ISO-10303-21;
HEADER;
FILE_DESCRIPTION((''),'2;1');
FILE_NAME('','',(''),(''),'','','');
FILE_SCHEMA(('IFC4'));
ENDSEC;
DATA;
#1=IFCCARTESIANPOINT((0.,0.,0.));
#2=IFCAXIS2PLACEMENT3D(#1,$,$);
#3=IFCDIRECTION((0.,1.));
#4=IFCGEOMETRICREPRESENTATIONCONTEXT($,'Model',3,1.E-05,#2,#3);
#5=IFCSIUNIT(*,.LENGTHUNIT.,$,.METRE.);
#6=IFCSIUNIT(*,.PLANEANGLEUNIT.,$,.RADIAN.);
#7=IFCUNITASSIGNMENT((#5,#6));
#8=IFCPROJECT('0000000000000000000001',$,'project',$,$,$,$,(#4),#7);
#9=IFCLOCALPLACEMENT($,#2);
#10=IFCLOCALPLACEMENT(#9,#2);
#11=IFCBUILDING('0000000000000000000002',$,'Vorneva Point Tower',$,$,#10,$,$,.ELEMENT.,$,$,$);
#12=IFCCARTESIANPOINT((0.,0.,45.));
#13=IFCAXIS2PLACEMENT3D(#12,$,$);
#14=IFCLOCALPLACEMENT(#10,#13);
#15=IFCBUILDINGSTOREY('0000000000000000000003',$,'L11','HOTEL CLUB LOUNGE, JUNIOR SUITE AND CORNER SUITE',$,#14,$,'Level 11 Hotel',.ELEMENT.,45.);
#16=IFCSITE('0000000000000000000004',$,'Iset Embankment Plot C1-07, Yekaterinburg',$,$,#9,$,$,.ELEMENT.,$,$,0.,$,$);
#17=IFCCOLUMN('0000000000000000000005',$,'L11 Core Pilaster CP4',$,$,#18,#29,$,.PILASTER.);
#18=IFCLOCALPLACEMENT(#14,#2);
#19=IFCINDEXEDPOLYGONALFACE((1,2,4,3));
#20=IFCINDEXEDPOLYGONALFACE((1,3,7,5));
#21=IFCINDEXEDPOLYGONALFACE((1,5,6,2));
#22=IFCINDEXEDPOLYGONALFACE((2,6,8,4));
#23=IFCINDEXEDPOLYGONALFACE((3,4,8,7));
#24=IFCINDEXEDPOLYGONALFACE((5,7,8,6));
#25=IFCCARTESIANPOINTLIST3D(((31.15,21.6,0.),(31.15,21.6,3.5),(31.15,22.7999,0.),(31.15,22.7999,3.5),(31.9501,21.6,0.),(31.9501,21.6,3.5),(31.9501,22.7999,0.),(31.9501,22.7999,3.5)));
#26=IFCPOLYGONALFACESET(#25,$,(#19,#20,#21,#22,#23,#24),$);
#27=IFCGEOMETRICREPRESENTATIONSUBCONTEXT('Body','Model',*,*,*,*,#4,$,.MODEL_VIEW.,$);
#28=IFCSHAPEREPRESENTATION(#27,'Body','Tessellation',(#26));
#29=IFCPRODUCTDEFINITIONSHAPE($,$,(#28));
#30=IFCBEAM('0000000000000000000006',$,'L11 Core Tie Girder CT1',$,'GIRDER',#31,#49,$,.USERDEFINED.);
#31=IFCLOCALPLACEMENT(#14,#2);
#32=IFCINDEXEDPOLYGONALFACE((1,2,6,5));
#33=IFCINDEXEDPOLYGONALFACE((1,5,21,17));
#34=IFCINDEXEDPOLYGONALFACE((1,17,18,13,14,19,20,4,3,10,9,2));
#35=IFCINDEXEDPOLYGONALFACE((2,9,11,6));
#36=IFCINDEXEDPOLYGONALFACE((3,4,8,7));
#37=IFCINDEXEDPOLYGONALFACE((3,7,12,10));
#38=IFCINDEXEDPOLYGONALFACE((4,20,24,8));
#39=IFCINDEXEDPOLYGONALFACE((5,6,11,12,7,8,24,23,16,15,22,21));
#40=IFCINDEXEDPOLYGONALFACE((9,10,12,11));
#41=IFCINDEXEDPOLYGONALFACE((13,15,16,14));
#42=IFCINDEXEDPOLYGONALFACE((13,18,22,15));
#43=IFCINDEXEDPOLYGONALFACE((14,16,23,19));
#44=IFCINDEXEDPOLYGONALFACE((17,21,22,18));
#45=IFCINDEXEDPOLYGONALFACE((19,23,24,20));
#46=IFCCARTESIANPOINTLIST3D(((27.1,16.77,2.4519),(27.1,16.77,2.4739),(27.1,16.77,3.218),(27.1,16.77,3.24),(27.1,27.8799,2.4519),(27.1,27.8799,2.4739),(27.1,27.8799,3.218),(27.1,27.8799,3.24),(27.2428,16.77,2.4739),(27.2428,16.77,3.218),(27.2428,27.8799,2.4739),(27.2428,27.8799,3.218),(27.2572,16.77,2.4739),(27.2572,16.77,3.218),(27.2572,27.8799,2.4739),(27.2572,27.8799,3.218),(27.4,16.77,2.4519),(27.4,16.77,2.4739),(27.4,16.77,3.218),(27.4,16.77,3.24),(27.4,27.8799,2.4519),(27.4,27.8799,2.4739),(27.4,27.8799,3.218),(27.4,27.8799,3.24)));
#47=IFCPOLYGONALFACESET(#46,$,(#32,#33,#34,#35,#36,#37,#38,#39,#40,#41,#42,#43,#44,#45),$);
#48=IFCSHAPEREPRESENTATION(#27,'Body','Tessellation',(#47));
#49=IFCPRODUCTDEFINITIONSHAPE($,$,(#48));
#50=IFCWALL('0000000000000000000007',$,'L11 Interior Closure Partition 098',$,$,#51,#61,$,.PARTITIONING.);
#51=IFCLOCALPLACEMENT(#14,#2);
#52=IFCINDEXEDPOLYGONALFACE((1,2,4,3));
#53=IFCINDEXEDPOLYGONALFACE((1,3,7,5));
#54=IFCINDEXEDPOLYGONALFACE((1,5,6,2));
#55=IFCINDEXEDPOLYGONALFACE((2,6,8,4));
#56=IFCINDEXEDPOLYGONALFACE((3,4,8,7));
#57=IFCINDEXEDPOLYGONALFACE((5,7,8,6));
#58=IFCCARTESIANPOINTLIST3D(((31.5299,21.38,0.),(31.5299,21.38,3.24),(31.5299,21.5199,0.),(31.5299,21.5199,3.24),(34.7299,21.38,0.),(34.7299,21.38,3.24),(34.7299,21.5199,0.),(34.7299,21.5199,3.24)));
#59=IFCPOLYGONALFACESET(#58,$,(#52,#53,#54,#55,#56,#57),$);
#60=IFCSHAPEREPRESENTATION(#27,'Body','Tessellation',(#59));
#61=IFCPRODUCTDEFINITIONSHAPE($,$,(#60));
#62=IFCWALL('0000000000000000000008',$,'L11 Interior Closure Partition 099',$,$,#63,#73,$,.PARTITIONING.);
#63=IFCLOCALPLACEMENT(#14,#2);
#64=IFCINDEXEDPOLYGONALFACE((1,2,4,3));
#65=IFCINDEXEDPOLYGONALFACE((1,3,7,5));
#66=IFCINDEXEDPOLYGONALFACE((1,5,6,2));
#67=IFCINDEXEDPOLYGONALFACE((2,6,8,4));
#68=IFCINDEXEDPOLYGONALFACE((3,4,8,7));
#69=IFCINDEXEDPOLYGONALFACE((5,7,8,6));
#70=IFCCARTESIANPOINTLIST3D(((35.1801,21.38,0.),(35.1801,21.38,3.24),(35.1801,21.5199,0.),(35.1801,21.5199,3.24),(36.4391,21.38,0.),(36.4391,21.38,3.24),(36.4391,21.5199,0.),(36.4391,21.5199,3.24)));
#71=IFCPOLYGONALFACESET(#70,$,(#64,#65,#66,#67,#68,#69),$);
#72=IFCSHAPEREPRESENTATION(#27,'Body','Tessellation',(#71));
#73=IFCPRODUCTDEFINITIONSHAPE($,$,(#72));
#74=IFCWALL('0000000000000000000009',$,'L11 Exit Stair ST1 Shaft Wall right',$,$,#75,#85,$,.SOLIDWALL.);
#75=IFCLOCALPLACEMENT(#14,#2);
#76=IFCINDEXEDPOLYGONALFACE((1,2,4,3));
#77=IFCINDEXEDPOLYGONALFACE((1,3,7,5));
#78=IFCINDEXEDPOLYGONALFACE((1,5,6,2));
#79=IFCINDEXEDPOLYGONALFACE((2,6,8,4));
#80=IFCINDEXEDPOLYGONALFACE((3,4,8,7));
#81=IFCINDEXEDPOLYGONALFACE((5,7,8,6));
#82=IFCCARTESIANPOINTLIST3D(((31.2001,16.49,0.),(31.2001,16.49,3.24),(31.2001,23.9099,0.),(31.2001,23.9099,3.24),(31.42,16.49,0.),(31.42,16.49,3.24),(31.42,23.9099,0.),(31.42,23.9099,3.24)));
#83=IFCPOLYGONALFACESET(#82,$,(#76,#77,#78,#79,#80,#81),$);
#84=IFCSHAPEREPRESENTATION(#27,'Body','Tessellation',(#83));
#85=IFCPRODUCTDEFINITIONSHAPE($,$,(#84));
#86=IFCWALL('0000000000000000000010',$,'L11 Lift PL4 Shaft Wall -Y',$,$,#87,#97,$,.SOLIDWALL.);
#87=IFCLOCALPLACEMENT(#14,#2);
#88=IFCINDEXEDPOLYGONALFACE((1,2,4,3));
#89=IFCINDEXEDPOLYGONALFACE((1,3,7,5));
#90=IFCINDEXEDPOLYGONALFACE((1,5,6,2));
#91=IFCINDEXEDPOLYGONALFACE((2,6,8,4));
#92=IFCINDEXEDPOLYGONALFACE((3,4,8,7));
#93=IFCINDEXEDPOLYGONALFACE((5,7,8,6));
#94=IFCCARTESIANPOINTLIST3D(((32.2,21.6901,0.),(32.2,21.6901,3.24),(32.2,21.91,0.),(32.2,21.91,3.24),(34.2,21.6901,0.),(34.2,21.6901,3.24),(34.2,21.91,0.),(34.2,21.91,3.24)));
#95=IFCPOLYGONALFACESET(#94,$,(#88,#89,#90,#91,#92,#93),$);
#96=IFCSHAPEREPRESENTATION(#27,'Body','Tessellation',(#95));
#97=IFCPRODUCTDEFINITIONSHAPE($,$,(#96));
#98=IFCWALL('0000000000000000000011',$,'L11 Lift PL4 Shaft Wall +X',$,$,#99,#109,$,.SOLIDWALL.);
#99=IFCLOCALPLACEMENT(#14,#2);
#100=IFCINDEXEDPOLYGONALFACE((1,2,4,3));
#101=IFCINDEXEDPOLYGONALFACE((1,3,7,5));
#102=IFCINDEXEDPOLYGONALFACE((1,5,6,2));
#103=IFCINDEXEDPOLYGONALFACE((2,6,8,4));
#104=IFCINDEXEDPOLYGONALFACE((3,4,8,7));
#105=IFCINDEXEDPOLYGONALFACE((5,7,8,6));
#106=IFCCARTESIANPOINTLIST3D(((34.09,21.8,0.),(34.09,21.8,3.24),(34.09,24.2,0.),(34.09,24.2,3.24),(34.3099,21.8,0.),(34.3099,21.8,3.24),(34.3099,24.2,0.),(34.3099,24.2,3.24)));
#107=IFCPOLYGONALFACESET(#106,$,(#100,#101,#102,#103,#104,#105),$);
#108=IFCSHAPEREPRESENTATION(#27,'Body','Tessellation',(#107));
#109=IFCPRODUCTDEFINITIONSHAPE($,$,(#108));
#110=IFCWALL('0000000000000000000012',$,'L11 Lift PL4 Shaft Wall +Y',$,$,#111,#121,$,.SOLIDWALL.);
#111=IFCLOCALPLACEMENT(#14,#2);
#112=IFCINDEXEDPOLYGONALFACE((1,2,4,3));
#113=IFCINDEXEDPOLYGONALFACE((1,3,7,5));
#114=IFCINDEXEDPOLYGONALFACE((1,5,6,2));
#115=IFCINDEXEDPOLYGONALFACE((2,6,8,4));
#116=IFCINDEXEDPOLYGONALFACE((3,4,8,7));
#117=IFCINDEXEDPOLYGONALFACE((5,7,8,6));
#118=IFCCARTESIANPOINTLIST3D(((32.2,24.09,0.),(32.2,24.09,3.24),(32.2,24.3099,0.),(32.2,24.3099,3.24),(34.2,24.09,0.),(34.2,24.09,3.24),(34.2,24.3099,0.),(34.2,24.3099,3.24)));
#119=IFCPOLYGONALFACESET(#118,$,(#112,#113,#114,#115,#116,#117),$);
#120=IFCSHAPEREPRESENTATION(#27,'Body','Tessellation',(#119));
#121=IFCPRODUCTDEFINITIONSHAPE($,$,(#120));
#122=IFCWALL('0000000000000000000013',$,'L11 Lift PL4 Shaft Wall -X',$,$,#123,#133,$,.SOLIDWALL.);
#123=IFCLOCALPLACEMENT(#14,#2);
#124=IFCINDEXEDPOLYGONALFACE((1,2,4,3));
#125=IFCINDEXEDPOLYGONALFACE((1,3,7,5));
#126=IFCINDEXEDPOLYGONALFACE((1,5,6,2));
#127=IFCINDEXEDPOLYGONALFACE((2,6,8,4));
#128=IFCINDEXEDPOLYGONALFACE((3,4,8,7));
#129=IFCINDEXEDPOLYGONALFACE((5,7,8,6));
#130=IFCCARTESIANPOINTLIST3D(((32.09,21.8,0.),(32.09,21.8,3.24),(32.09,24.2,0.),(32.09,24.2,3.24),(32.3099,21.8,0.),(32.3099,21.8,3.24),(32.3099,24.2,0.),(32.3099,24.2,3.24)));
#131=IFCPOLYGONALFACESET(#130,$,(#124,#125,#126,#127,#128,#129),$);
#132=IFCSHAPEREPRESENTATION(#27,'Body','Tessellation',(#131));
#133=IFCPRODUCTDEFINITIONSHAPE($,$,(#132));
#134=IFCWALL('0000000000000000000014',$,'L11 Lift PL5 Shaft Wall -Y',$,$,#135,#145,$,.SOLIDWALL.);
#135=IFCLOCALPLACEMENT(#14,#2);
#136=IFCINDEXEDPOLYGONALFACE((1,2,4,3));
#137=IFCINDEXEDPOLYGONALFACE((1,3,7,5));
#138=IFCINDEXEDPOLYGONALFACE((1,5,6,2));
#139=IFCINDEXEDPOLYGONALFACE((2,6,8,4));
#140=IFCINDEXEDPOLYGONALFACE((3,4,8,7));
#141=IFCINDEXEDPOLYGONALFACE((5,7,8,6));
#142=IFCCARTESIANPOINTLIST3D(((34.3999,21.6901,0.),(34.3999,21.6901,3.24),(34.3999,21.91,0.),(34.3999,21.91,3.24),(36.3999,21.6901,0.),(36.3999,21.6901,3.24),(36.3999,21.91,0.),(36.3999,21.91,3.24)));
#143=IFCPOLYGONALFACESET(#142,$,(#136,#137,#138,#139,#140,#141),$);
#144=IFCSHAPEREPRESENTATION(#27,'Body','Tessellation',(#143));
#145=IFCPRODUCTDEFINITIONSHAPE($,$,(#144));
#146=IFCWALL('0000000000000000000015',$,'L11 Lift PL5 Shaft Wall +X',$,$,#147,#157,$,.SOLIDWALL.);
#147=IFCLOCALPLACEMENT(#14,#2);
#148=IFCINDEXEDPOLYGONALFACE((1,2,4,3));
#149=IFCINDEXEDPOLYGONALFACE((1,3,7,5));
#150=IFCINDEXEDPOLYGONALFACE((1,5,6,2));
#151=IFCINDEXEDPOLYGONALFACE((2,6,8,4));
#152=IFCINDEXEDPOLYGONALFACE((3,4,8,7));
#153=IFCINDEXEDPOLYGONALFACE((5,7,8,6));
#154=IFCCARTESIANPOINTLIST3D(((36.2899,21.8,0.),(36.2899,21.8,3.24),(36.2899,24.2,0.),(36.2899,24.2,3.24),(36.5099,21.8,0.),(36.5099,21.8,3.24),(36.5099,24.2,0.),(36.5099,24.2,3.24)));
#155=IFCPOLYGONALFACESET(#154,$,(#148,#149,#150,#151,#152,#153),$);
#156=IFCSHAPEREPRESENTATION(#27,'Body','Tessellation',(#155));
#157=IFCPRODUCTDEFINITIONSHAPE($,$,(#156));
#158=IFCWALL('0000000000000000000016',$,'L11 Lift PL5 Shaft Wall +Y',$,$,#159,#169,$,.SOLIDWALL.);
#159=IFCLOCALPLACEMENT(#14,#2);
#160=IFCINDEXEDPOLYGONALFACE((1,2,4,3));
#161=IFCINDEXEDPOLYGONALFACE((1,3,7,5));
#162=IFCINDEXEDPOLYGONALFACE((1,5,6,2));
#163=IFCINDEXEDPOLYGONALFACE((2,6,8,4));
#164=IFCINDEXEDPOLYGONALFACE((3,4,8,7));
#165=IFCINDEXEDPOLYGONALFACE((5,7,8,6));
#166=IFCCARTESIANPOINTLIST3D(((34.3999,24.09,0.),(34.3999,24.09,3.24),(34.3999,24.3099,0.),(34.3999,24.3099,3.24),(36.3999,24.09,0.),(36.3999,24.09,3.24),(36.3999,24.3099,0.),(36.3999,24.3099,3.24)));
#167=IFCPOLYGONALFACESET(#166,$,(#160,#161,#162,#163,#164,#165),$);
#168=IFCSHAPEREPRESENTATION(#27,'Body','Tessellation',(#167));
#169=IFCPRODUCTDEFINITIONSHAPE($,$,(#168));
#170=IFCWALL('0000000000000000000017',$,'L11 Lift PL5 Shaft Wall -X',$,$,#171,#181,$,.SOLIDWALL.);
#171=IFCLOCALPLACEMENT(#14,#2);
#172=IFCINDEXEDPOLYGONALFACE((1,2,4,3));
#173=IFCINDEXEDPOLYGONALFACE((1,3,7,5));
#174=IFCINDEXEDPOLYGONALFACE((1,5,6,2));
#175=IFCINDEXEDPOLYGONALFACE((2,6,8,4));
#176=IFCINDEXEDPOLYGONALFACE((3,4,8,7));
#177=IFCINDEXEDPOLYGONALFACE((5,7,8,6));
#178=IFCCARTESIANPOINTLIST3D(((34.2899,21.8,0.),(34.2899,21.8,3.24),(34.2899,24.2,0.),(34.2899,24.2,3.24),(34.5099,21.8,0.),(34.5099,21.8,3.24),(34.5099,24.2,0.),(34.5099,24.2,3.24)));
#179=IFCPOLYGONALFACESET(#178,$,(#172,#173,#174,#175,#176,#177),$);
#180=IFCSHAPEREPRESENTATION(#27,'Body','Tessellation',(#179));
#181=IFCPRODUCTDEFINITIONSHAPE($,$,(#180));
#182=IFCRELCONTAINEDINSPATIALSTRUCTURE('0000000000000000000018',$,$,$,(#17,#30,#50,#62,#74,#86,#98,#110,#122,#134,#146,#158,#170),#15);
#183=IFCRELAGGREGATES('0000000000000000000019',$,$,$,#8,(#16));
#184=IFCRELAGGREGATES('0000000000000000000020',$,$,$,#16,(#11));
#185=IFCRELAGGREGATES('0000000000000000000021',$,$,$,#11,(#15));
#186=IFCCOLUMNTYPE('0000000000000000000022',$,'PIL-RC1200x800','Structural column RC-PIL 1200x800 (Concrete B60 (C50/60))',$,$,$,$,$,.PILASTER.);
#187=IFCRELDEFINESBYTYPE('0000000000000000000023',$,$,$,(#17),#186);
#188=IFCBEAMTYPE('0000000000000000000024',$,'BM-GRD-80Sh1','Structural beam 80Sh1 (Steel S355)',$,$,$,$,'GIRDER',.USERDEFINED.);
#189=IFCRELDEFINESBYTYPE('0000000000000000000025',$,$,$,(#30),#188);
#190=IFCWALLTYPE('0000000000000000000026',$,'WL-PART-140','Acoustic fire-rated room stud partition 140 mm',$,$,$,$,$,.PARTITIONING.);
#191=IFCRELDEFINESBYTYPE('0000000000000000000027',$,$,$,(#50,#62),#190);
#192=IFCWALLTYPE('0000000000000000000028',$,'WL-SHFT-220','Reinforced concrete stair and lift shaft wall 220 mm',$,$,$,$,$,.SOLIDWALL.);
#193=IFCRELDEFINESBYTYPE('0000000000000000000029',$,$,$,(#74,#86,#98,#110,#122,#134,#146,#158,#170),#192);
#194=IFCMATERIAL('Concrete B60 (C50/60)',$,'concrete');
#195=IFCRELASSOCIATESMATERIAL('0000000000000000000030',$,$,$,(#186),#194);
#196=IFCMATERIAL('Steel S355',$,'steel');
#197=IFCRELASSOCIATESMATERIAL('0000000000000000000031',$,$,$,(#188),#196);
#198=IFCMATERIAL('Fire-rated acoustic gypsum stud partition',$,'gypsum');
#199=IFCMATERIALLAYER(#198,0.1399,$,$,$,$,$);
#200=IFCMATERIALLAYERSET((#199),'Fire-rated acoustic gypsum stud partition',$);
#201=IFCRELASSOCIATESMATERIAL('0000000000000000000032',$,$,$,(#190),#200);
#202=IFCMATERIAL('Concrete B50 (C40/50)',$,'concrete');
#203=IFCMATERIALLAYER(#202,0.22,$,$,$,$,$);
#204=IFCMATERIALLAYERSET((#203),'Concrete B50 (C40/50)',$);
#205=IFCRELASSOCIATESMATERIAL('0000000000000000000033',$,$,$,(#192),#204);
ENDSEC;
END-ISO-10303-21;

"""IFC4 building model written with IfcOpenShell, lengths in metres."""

from ifc_helpers import new_model, si_unit, direction, frame, frame_2d, origin, origin_2d, place, context, subcontext, project, spatial, rectangle, i_section, extrude, material, layer, layer_set, material_profile, profile_set, type_object, element, save


model = new_model("IFC4")

# Units and contexts
model_context = context("Model", 3, precision=1e-05, world=origin(), true_north=direction((0.0, 1.0)))
body_context = subcontext(model_context, "Body", "Model", "MODEL_VIEW")
ifc_project = project(units=[si_unit("LENGTHUNIT", "METRE"), si_unit("PLANEANGLEUNIT", "RADIAN")], contexts=[model_context])

# Site, building, storey
site_placement = place(None, origin())
site = spatial("IfcSite", under=ifc_project, at=site_placement, Name="Iset Embankment Plot C1-07, Yekaterinburg", CompositionType="ELEMENT", RefElevation=0.0)
building_placement = place(site_placement, origin())
building = spatial("IfcBuilding", under=site, at=building_placement, Name="Vorneva Point Tower", CompositionType="ELEMENT")
storey_placement = place(building_placement, frame((0.0, 0.0, 45.0)))
storey = spatial("IfcBuildingStorey", under=building, at=storey_placement, Name="L11", Description="HOTEL CLUB LOUNGE, JUNIOR SUITE AND CORNER SUITE", LongName="Level 11 Hotel", CompositionType="ELEMENT", Elevation=45.0)

# Column
ifc_material_1 = material(Name="Concrete B60 (C50/60)", Category="concrete")
ifc_material_profile_1 = material_profile(ifc_material_1, rectangle(XDim=0.8, YDim=1.2, at=origin_2d()), Name="RC-PIL 1200x800")
ifc_profile_set_1 = profile_set([ifc_material_profile_1], Name="Concrete B60 (C50/60)")
column_type = type_object("IfcColumnType", Name="PIL-RC1200x800", Description="Structural column RC-PIL 1200x800 (Concrete B60 (C50/60))", PredefinedType="PILASTER", material=ifc_profile_set_1)
column_placement = place(storey_placement, frame((31.55, 22.2, 0.0), z_axis=(0.0, 0.0, 1.0), x_axis=(1.0, 0.0, 0.0)))
element("IfcColumn", 1, at=column_placement, inside=storey, type_object=column_type, Name="L11 Core Pilaster CP4", PredefinedType="PILASTER", context=body_context, shape_type="SweptSolid", body=[
    extrude(rectangle(XDim=0.8, YDim=1.2, at=origin_2d()), origin(), (0.0, 0.0, 1.0), 3.5),
])

# Beam
ifc_material_2 = material(Name="Steel S355", Category="steel")
ifc_material_profile_2 = material_profile(ifc_material_2, i_section(OverallWidth=0.3, OverallDepth=0.7881, WebThickness=0.0144, FlangeThickness=0.022, at=origin_2d()), Name="80Sh1")
ifc_profile_set_2 = profile_set([ifc_material_profile_2], Name="Steel S355")
beam_type = type_object("IfcBeamType", Name="BM-GRD-80Sh1", Description="Structural beam 80Sh1 (Steel S355)", ElementType="GIRDER", PredefinedType="USERDEFINED", material=ifc_profile_set_2)
beam_placement = place(storey_placement, frame((27.25, 16.77, 2.8459), z_axis=(0.0, 1.0, 0.0), x_axis=(-1.0, 0.0, 0.0)))
element("IfcBeam", 2, at=beam_placement, inside=storey, type_object=beam_type, Name="L11 Core Tie Girder CT1", ObjectType="GIRDER", PredefinedType="USERDEFINED", context=body_context, shape_type="SweptSolid", body=[
    extrude(i_section(OverallWidth=0.3, OverallDepth=0.7881, WebThickness=0.0144, FlangeThickness=0.022, at=origin_2d()), origin(), (0.0, 0.0, 1.0), 11.1099),
])

# Walls
ifc_material_3 = material(Name="Fire-rated acoustic gypsum stud partition", Category="gypsum")
ifc_layer_1 = layer(ifc_material_3, 0.1399)
ifc_layer_set_1 = layer_set([ifc_layer_1], Name="Fire-rated acoustic gypsum stud partition")
wall_type_1 = type_object("IfcWallType", Name="WL-PART-140", Description="Acoustic fire-rated room stud partition 140 mm", PredefinedType="PARTITIONING", material=ifc_layer_set_1)
wall_1_placement = place(storey_placement, frame((34.73, 21.45, 0.0), z_axis=(0.0, 0.0, 1.0), x_axis=(-1.0, 0.0, 0.0)))
element("IfcWall", 3, at=wall_1_placement, inside=storey, type_object=wall_type_1, Name="L11 Interior Closure Partition 098", PredefinedType="PARTITIONING", context=body_context, shape_type="SweptSolid", body=[
    extrude(rectangle(XDim=3.2, YDim=0.1399, at=frame_2d((1.6001, 0.0))), origin(), (0.0, 0.0, 1.0), 3.24),
])
wall_2_placement = place(storey_placement, frame((36.439, 21.45, 0.0), z_axis=(0.0, 0.0, 1.0), x_axis=(-1.0, 0.0, 0.0)))
element("IfcWall", 4, at=wall_2_placement, inside=storey, type_object=wall_type_1, Name="L11 Interior Closure Partition 099", PredefinedType="PARTITIONING", context=body_context, shape_type="SweptSolid", body=[
    extrude(rectangle(XDim=1.259, YDim=0.1399, at=frame_2d((0.6294, 0.0))), origin(), (0.0, 0.0, 1.0), 3.24),
])

# Shared definitions
ifc_material_4 = material(Name="Concrete B50 (C40/50)", Category="concrete")
ifc_layer_2 = layer(ifc_material_4, 0.22)
ifc_layer_set_2 = layer_set([ifc_layer_2], Name="Concrete B50 (C40/50)")
wall_type_2 = type_object("IfcWallType", Name="WL-SHFT-220", Description="Reinforced concrete stair and lift shaft wall 220 mm", PredefinedType="SOLIDWALL", material=ifc_layer_set_2)

# Walls
wall_3_placement = place(storey_placement, frame((31.3101, 23.9099, 0.0), z_axis=(0.0, 0.0, 1.0), x_axis=(0.0, -1.0, 0.0)))
element("IfcWall", 5, at=wall_3_placement, inside=storey, type_object=wall_type_2, Name="L11 Exit Stair ST1 Shaft Wall right", PredefinedType="SOLIDWALL", context=body_context, shape_type="SweptSolid", body=[
    extrude(rectangle(XDim=7.4199, YDim=0.22, at=frame_2d((3.71, 0.0))), origin(), (0.0, 0.0, 1.0), 3.24),
])
wall_4_placement = place(storey_placement, frame((32.2, 21.8, 0.0), z_axis=(0.0, 0.0, 1.0), x_axis=(1.0, 0.0, 0.0)))
element("IfcWall", 6, at=wall_4_placement, inside=storey, type_object=wall_type_2, Name="L11 Lift PL4 Shaft Wall -Y", PredefinedType="SOLIDWALL", context=body_context, shape_type="SweptSolid", body=[
    extrude(rectangle(XDim=2.0, YDim=0.22, at=frame_2d((1.0, 0.0))), origin(), (0.0, 0.0, 1.0), 3.24),
])
wall_5_placement = place(storey_placement, frame((34.2, 21.8, 0.0), z_axis=(0.0, 0.0, 1.0), x_axis=(0.0, 1.0, 0.0)))
element("IfcWall", 7, at=wall_5_placement, inside=storey, type_object=wall_type_2, Name="L11 Lift PL4 Shaft Wall +X", PredefinedType="SOLIDWALL", context=body_context, shape_type="SweptSolid", body=[
    extrude(rectangle(XDim=2.3999, YDim=0.22, at=frame_2d((1.2, 0.0))), origin(), (0.0, 0.0, 1.0), 3.24),
])
wall_6_placement = place(storey_placement, frame((34.2, 24.2, 0.0), z_axis=(0.0, 0.0, 1.0), x_axis=(-1.0, 0.0, 0.0)))
element("IfcWall", 8, at=wall_6_placement, inside=storey, type_object=wall_type_2, Name="L11 Lift PL4 Shaft Wall +Y", PredefinedType="SOLIDWALL", context=body_context, shape_type="SweptSolid", body=[
    extrude(rectangle(XDim=2.0, YDim=0.22, at=frame_2d((1.0, 0.0))), origin(), (0.0, 0.0, 1.0), 3.24),
])
wall_7_placement = place(storey_placement, frame((32.2, 24.2, 0.0), z_axis=(0.0, 0.0, 1.0), x_axis=(0.0, -1.0, 0.0)))
element("IfcWall", 9, at=wall_7_placement, inside=storey, type_object=wall_type_2, Name="L11 Lift PL4 Shaft Wall -X", PredefinedType="SOLIDWALL", context=body_context, shape_type="SweptSolid", body=[
    extrude(rectangle(XDim=2.3999, YDim=0.22, at=frame_2d((1.2, 0.0))), origin(), (0.0, 0.0, 1.0), 3.24),
])
wall_8_placement = place(storey_placement, frame((34.3999, 21.8, 0.0), z_axis=(0.0, 0.0, 1.0), x_axis=(1.0, 0.0, 0.0)))
element("IfcWall", 10, at=wall_8_placement, inside=storey, type_object=wall_type_2, Name="L11 Lift PL5 Shaft Wall -Y", PredefinedType="SOLIDWALL", context=body_context, shape_type="SweptSolid", body=[
    extrude(rectangle(XDim=2.0, YDim=0.22, at=frame_2d((1.0, 0.0))), origin(), (0.0, 0.0, 1.0), 3.24),
])
wall_9_placement = place(storey_placement, frame((36.3999, 21.8, 0.0), z_axis=(0.0, 0.0, 1.0), x_axis=(0.0, 1.0, 0.0)))
element("IfcWall", 11, at=wall_9_placement, inside=storey, type_object=wall_type_2, Name="L11 Lift PL5 Shaft Wall +X", PredefinedType="SOLIDWALL", context=body_context, shape_type="SweptSolid", body=[
    extrude(rectangle(XDim=2.3999, YDim=0.22, at=frame_2d((1.2, 0.0))), origin(), (0.0, 0.0, 1.0), 3.24),
])
wall_10_placement = place(storey_placement, frame((36.3999, 24.2, 0.0), z_axis=(0.0, 0.0, 1.0), x_axis=(-1.0, 0.0, 0.0)))
element("IfcWall", 12, at=wall_10_placement, inside=storey, type_object=wall_type_2, Name="L11 Lift PL5 Shaft Wall +Y", PredefinedType="SOLIDWALL", context=body_context, shape_type="SweptSolid", body=[
    extrude(rectangle(XDim=2.0, YDim=0.22, at=frame_2d((1.0, 0.0))), origin(), (0.0, 0.0, 1.0), 3.24),
])
wall_11_placement = place(storey_placement, frame((34.3999, 24.2, 0.0), z_axis=(0.0, 0.0, 1.0), x_axis=(0.0, -1.0, 0.0)))
element("IfcWall", 13, at=wall_11_placement, inside=storey, type_object=wall_type_2, Name="L11 Lift PL5 Shaft Wall -X", PredefinedType="SOLIDWALL", context=body_context, shape_type="SweptSolid", body=[
    extrude(rectangle(XDim=2.3999, YDim=0.22, at=frame_2d((1.2, 0.0))), origin(), (0.0, 0.0, 1.0), 3.24),
])

save(model, "model.ifc")
